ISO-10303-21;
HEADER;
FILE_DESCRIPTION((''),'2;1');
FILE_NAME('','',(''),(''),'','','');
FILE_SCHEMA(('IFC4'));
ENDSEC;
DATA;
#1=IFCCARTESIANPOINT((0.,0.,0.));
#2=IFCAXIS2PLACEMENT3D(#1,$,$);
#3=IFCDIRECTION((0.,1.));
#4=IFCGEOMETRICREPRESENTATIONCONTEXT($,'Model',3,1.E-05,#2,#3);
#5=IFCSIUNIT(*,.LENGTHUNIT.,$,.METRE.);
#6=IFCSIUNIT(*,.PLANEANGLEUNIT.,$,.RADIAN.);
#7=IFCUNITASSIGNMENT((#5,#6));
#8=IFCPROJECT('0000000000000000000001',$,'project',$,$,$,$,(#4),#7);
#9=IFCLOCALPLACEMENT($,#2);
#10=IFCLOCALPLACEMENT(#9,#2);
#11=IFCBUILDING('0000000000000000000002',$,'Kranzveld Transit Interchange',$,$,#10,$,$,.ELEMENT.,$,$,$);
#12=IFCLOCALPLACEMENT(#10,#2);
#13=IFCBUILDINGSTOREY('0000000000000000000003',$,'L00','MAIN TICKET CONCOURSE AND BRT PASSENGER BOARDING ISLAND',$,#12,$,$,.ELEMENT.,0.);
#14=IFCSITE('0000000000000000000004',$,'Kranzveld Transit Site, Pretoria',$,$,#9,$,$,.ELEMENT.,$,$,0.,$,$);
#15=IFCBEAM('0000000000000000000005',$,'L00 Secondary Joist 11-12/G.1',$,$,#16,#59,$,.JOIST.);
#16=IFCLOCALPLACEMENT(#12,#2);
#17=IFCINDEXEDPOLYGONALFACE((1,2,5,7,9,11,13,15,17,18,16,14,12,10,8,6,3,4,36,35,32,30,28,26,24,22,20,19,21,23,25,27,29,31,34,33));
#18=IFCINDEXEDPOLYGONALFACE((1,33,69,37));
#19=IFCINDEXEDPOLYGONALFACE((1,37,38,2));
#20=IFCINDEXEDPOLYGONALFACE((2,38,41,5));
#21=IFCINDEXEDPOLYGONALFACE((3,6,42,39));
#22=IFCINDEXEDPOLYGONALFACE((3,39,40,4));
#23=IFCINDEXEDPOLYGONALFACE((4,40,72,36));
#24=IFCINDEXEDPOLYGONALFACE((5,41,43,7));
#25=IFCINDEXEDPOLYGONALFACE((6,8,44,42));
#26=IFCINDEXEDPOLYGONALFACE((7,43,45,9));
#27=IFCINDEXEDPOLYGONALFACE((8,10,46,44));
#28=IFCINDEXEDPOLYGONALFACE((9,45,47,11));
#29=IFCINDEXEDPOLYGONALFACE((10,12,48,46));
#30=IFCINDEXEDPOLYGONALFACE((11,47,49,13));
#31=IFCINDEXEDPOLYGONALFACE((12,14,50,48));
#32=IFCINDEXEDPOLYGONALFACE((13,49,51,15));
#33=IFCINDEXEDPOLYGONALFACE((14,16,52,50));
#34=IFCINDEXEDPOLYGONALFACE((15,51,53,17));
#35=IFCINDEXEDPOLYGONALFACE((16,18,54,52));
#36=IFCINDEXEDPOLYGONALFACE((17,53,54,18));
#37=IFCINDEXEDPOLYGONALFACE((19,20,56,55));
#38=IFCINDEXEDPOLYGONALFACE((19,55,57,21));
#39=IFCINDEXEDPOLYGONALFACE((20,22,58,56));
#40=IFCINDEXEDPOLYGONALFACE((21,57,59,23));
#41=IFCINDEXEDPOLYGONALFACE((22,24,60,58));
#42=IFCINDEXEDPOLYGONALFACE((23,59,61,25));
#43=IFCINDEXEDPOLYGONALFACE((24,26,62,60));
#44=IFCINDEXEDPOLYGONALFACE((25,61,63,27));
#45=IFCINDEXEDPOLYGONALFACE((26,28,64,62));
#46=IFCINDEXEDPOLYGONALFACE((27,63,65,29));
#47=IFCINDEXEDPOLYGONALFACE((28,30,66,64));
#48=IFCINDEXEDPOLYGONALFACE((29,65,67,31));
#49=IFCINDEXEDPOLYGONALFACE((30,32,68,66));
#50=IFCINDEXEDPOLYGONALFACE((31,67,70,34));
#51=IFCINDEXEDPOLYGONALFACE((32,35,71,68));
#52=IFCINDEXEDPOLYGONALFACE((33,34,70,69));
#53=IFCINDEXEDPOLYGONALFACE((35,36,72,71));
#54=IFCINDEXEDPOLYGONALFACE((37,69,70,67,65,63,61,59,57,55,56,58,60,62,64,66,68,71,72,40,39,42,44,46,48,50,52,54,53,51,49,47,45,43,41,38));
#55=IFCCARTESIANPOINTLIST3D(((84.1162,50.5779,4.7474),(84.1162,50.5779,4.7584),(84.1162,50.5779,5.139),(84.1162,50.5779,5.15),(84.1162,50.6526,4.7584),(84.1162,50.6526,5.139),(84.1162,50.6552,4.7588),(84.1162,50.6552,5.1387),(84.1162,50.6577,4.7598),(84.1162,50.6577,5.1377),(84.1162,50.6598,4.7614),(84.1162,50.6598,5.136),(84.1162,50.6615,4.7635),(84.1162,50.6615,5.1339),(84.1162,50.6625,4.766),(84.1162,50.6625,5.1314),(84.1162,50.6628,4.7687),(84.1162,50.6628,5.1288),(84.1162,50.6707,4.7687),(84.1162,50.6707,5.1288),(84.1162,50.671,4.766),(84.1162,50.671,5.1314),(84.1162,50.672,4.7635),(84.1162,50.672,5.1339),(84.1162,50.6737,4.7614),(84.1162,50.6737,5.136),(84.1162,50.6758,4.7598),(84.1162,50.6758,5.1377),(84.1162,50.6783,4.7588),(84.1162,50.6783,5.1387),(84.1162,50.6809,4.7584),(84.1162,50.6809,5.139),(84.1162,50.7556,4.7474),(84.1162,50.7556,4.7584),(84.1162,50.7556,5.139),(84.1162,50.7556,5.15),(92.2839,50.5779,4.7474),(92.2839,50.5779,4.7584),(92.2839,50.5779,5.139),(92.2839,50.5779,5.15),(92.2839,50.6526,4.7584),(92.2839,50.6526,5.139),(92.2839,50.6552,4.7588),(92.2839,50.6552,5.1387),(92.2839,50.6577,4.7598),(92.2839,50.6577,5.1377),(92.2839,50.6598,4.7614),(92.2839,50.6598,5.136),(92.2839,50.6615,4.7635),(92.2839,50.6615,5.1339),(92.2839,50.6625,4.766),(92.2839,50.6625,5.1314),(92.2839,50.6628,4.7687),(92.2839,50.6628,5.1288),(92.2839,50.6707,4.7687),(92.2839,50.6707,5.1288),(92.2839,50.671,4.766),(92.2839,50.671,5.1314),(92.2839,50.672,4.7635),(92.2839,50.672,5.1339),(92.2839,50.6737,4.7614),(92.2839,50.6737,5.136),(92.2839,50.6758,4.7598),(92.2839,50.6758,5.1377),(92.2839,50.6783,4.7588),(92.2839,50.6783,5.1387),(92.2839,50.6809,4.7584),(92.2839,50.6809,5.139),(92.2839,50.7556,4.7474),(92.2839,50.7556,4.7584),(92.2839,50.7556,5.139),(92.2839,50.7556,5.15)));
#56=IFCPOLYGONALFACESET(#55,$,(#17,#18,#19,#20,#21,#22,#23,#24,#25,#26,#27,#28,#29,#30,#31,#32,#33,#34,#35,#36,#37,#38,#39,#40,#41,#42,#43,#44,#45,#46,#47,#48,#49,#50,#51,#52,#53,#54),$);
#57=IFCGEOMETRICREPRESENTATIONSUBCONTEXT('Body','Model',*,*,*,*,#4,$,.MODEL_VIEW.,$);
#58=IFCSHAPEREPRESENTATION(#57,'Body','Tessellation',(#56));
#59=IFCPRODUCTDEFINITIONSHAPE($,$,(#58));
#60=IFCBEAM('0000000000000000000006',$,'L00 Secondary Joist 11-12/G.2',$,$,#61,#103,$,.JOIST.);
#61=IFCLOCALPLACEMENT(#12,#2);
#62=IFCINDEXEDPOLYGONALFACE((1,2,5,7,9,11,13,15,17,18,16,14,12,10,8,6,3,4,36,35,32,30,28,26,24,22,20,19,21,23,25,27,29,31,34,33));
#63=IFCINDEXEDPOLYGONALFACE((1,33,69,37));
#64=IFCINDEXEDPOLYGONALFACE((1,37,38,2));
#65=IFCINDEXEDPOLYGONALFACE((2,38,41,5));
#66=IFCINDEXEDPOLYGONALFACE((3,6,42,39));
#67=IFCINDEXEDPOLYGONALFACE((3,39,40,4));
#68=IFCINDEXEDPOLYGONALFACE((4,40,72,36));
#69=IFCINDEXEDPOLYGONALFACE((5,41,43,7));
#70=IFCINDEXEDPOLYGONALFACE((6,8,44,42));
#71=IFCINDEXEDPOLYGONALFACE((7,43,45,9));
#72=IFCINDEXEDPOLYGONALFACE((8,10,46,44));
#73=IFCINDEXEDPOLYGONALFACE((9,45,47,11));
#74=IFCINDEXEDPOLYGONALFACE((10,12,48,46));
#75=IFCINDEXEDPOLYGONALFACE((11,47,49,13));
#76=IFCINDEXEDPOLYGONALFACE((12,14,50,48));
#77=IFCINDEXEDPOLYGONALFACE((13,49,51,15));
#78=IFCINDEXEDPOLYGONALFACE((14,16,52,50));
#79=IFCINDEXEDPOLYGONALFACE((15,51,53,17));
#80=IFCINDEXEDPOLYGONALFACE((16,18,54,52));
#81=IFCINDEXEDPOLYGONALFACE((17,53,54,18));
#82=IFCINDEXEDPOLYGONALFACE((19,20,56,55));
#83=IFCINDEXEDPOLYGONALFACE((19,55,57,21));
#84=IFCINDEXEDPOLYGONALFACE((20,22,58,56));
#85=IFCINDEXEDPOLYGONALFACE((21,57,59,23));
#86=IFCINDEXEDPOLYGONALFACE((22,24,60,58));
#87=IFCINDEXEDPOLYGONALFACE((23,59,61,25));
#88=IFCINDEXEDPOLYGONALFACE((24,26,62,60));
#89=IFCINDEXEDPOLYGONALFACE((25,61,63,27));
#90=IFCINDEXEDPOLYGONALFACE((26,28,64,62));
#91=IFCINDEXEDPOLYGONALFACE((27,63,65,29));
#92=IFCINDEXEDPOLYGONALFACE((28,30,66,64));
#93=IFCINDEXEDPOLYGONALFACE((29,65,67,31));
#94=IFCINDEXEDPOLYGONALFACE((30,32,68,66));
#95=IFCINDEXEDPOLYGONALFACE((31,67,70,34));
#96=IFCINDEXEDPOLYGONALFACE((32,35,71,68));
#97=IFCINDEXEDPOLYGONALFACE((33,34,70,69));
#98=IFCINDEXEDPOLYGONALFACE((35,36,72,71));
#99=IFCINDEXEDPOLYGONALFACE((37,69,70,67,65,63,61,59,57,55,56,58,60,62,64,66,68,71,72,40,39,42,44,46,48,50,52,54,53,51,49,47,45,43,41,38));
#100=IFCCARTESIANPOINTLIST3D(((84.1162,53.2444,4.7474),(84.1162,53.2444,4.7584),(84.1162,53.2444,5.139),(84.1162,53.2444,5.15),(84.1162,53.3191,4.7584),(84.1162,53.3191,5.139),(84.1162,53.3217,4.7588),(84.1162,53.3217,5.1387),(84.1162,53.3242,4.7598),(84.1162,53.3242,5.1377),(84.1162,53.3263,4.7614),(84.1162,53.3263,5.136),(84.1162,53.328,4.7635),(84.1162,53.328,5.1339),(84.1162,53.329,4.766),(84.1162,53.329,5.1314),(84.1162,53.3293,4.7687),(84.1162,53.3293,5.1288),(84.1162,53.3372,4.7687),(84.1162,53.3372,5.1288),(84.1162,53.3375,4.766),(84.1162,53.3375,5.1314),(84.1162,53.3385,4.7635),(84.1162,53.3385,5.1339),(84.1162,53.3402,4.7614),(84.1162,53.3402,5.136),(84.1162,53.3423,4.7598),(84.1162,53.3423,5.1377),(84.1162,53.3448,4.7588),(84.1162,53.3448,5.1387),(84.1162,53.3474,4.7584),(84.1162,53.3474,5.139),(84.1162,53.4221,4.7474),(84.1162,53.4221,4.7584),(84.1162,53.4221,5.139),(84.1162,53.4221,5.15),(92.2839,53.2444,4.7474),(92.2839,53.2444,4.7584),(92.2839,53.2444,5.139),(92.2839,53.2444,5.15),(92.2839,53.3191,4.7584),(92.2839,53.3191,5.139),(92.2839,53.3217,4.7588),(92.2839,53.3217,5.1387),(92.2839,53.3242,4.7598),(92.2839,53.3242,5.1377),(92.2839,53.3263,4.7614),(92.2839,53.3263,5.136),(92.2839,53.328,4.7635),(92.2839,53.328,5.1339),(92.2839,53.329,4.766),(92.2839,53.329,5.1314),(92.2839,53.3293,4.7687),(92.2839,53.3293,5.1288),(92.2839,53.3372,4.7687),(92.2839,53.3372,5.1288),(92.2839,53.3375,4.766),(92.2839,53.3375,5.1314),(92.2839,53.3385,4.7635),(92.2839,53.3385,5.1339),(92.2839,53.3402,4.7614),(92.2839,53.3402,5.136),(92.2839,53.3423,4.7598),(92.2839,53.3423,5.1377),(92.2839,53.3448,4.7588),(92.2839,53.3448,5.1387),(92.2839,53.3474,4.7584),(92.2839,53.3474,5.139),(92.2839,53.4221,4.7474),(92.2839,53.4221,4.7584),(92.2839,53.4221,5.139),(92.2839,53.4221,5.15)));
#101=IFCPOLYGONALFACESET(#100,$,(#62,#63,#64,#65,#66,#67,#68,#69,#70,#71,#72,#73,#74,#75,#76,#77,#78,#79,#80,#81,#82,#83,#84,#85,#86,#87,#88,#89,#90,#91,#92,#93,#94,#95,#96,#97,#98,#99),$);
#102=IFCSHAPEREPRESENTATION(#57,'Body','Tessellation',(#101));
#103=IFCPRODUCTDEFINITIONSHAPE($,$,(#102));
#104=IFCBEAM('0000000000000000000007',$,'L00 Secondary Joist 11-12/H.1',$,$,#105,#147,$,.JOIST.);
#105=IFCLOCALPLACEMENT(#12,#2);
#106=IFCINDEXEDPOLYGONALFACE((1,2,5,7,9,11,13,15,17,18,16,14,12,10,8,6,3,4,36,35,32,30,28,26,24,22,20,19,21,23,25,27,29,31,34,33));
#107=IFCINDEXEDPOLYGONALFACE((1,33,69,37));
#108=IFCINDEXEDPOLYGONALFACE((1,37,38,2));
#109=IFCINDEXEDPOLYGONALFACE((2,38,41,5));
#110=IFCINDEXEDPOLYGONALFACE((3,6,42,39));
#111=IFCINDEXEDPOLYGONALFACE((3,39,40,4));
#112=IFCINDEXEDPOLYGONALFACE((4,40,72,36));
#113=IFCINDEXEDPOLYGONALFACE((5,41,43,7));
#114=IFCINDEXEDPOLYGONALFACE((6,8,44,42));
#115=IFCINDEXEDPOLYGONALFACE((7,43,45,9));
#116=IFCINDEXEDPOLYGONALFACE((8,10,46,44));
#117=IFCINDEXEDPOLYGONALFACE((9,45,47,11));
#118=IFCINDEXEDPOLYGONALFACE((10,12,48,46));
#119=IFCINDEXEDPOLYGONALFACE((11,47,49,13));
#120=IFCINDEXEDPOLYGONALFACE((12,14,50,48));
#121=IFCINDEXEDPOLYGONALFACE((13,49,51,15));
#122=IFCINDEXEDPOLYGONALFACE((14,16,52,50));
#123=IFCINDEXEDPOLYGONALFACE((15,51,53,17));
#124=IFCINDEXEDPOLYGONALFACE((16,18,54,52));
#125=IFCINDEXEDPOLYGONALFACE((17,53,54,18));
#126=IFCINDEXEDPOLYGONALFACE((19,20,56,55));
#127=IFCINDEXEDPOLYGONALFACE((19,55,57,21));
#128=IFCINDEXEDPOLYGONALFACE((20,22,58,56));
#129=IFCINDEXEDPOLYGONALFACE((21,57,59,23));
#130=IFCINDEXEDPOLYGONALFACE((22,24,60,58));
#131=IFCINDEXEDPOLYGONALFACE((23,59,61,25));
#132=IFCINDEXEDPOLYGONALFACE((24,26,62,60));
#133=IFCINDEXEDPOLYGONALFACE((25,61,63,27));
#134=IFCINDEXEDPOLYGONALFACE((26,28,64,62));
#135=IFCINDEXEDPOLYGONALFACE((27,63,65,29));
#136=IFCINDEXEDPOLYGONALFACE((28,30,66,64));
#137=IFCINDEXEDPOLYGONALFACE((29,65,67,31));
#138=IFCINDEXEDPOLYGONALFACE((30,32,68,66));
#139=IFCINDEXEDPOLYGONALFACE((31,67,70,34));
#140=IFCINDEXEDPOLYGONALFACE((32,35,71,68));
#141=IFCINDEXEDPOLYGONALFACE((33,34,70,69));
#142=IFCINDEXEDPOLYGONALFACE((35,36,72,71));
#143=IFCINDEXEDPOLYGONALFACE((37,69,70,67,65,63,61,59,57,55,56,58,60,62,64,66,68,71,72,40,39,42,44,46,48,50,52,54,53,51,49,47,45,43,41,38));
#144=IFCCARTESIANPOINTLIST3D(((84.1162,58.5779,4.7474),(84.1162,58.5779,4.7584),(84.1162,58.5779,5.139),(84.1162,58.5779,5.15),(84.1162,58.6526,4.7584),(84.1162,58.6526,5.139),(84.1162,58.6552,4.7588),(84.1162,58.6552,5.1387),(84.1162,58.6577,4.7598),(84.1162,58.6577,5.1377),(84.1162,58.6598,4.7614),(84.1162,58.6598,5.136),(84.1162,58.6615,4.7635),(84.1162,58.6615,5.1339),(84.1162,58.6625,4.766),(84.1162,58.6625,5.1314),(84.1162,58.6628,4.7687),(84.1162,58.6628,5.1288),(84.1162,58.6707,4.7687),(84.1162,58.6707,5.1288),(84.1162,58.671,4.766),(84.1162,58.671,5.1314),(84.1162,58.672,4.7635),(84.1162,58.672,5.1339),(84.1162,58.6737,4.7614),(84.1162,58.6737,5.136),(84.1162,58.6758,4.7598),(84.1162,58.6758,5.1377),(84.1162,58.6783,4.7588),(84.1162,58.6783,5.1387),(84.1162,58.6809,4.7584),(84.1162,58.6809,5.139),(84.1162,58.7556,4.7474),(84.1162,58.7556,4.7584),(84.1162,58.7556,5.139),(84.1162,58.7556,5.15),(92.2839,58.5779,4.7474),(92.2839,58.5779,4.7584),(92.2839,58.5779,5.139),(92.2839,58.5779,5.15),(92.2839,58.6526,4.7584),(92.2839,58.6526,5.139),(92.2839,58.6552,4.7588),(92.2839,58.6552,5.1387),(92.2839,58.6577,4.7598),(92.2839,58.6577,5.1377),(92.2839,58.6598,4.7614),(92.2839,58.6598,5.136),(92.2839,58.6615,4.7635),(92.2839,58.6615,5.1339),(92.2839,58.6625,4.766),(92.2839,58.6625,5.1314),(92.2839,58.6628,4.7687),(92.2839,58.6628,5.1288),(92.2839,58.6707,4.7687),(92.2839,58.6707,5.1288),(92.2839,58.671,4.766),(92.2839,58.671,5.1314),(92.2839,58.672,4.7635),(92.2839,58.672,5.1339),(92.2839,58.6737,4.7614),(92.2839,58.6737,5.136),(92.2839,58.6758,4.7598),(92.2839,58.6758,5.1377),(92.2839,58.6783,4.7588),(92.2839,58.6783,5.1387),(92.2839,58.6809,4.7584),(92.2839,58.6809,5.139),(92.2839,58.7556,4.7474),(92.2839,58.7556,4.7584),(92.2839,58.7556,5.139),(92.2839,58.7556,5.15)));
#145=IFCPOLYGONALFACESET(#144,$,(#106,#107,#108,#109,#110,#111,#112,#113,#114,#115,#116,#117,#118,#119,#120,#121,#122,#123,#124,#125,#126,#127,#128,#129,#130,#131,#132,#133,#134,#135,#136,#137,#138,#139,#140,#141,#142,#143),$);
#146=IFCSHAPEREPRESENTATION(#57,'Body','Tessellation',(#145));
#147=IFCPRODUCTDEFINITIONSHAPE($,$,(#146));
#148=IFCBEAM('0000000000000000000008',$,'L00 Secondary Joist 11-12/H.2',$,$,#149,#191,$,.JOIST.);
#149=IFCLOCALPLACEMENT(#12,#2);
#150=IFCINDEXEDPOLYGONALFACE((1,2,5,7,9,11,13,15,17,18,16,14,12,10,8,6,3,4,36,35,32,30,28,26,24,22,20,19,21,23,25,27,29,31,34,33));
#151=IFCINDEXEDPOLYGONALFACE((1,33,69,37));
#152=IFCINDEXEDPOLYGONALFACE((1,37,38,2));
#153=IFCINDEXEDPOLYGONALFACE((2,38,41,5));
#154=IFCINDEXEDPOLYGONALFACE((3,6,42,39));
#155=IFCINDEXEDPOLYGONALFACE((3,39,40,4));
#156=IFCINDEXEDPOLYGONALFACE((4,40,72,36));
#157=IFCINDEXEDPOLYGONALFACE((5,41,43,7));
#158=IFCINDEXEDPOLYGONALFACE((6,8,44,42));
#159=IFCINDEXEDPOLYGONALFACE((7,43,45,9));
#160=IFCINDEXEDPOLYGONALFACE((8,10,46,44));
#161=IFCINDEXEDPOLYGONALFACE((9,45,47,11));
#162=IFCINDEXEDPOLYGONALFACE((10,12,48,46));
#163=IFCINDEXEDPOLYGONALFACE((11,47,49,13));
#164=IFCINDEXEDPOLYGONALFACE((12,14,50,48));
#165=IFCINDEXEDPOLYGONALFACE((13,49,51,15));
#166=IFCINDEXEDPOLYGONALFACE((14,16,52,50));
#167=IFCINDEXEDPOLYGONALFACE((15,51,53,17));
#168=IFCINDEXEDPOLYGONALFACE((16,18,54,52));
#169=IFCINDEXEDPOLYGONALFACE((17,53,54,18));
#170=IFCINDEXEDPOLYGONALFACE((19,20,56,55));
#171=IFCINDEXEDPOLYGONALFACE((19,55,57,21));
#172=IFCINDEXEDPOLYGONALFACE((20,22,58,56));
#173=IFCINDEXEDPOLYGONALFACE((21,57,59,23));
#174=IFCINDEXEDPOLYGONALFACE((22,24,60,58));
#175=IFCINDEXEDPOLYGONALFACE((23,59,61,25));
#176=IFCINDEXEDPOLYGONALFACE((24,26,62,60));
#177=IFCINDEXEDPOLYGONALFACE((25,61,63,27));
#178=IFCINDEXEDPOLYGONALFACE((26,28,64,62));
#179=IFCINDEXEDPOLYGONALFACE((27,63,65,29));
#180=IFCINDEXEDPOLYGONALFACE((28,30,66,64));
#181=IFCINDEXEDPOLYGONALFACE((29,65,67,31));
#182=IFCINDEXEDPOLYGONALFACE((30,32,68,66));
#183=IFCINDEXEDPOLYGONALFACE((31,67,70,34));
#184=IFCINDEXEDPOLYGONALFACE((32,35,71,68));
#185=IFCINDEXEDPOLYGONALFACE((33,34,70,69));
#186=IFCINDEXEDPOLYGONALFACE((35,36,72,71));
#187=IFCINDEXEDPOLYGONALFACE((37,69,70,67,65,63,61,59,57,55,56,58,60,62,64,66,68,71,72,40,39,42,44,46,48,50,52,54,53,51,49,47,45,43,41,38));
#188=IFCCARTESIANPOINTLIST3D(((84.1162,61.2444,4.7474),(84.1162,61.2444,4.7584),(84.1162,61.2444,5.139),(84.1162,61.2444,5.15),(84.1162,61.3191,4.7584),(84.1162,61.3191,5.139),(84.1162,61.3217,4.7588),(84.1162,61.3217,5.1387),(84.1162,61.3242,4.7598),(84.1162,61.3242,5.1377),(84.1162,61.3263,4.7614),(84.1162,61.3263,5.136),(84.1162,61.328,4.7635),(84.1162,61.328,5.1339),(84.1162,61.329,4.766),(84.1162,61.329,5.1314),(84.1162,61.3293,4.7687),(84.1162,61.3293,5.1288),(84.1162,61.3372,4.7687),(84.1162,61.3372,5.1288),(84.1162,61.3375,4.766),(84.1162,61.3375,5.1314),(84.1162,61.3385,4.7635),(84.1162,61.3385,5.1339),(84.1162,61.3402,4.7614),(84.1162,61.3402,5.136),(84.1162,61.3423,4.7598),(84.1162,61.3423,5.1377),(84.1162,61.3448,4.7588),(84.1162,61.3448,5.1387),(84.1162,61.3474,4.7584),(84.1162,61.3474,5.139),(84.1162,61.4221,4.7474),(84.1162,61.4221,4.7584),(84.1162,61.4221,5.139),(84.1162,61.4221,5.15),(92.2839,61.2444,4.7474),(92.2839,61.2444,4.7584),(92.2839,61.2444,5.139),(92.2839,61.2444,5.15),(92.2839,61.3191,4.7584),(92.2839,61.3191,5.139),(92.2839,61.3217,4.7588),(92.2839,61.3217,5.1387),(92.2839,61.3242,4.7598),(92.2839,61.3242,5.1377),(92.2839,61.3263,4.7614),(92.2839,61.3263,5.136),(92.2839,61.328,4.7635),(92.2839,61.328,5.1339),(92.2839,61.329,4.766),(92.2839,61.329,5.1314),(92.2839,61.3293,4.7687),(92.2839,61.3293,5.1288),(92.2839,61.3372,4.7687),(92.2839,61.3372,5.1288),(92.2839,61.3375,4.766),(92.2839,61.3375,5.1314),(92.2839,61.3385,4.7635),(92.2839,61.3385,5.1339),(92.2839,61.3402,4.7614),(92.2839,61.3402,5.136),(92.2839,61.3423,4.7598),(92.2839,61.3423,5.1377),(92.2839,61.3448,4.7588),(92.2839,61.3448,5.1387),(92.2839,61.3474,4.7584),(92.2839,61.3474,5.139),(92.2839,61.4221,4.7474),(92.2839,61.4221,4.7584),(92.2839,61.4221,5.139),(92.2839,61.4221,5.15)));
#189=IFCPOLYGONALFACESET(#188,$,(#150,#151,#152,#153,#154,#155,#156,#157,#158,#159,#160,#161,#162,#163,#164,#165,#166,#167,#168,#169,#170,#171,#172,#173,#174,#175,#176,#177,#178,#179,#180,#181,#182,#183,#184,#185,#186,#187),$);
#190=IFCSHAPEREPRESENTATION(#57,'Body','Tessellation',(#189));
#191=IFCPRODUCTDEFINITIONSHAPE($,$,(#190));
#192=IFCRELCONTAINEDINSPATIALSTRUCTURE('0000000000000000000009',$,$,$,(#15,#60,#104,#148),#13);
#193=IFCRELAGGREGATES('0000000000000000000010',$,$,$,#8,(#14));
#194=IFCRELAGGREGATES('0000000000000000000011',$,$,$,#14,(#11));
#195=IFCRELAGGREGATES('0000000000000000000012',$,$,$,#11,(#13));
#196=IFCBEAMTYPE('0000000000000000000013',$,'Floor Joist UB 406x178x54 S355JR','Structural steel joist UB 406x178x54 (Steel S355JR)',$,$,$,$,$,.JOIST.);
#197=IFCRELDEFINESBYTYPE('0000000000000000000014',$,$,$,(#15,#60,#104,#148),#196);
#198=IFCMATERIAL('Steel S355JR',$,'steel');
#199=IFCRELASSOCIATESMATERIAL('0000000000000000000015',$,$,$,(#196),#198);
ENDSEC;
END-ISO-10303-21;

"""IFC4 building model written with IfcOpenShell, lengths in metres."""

from ifc_helpers import new_model, si_unit, direction, frame, origin, origin_2d, place, context, subcontext, project, spatial, i_section, extrude, material, material_profile, profile_set, type_object, element, save


model = new_model("IFC4")

# Units and contexts
model_context = context("Model", 3, precision=1e-05, world=origin(), true_north=direction((0.0, 1.0)))
body_context = subcontext(model_context, "Body", "Model", "MODEL_VIEW")
ifc_project = project(units=[si_unit("LENGTHUNIT", "METRE"), si_unit("PLANEANGLEUNIT", "RADIAN")], contexts=[model_context])

# Site, building, storey
site_placement = place(None, origin())
site = spatial("IfcSite", under=ifc_project, at=site_placement, Name="Kranzveld Transit Site, Pretoria", CompositionType="ELEMENT", RefElevation=0.0)
building_placement = place(site_placement, origin())
building = spatial("IfcBuilding", under=site, at=building_placement, Name="Kranzveld Transit Interchange", CompositionType="ELEMENT")
storey_placement = place(building_placement, origin())
storey = spatial("IfcBuildingStorey", under=building, at=storey_placement, Name="L00", Description="MAIN TICKET CONCOURSE AND BRT PASSENGER BOARDING ISLAND", CompositionType="ELEMENT", Elevation=0.0)

# Beams
ifc_material_1 = material(Name="Steel S355JR", Category="steel")
ifc_material_profile_1 = material_profile(ifc_material_1, i_section(OverallWidth=0.1777, OverallDepth=0.4026, WebThickness=0.0078, FlangeThickness=0.011, FilletRadius=0.0103, at=origin_2d()), Name="UB 406x178x54")
ifc_profile_set_1 = profile_set([ifc_material_profile_1], Name="Steel S355JR")
beam_type_1 = type_object("IfcBeamType", Name="Floor Joist UB 406x178x54 S355JR", Description="Structural steel joist UB 406x178x54 (Steel S355JR)", PredefinedType="JOIST", material=ifc_profile_set_1)
for number, where, z_axis, x_axis, name in (
    (1, (84.1162, 50.6667, 4.9487), (1.0, 0.0, 0.0), (0.0, 1.0, 0.0), "L00 Secondary Joist 11-12/G.1"),
    (2, (84.1162, 53.3333, 4.9487), (1.0, 0.0, 0.0), (0.0, 1.0, 0.0), "L00 Secondary Joist 11-12/G.2"),
    (3, (84.1162, 58.6667, 4.9487), (1.0, 0.0, 0.0), (0.0, 1.0, 0.0), "L00 Secondary Joist 11-12/H.1"),
    (4, (84.1162, 61.3333, 4.9487), (1.0, 0.0, 0.0), (0.0, 1.0, 0.0), "L00 Secondary Joist 11-12/H.2"),
):
    element("IfcBeam", number, at=place(storey_placement, frame(where, z_axis=z_axis, x_axis=x_axis)), inside=storey, type_object=beam_type_1, Name=name, PredefinedType="JOIST", context=body_context, shape_type="SweptSolid", body=[
        extrude(i_section(OverallWidth=0.1777, OverallDepth=0.4026, WebThickness=0.0078, FlangeThickness=0.011, FilletRadius=0.0103, at=origin_2d()), origin(), (0.0, 0.0, 1.0), 8.1677),
    ])

save(model, "model.ifc")
